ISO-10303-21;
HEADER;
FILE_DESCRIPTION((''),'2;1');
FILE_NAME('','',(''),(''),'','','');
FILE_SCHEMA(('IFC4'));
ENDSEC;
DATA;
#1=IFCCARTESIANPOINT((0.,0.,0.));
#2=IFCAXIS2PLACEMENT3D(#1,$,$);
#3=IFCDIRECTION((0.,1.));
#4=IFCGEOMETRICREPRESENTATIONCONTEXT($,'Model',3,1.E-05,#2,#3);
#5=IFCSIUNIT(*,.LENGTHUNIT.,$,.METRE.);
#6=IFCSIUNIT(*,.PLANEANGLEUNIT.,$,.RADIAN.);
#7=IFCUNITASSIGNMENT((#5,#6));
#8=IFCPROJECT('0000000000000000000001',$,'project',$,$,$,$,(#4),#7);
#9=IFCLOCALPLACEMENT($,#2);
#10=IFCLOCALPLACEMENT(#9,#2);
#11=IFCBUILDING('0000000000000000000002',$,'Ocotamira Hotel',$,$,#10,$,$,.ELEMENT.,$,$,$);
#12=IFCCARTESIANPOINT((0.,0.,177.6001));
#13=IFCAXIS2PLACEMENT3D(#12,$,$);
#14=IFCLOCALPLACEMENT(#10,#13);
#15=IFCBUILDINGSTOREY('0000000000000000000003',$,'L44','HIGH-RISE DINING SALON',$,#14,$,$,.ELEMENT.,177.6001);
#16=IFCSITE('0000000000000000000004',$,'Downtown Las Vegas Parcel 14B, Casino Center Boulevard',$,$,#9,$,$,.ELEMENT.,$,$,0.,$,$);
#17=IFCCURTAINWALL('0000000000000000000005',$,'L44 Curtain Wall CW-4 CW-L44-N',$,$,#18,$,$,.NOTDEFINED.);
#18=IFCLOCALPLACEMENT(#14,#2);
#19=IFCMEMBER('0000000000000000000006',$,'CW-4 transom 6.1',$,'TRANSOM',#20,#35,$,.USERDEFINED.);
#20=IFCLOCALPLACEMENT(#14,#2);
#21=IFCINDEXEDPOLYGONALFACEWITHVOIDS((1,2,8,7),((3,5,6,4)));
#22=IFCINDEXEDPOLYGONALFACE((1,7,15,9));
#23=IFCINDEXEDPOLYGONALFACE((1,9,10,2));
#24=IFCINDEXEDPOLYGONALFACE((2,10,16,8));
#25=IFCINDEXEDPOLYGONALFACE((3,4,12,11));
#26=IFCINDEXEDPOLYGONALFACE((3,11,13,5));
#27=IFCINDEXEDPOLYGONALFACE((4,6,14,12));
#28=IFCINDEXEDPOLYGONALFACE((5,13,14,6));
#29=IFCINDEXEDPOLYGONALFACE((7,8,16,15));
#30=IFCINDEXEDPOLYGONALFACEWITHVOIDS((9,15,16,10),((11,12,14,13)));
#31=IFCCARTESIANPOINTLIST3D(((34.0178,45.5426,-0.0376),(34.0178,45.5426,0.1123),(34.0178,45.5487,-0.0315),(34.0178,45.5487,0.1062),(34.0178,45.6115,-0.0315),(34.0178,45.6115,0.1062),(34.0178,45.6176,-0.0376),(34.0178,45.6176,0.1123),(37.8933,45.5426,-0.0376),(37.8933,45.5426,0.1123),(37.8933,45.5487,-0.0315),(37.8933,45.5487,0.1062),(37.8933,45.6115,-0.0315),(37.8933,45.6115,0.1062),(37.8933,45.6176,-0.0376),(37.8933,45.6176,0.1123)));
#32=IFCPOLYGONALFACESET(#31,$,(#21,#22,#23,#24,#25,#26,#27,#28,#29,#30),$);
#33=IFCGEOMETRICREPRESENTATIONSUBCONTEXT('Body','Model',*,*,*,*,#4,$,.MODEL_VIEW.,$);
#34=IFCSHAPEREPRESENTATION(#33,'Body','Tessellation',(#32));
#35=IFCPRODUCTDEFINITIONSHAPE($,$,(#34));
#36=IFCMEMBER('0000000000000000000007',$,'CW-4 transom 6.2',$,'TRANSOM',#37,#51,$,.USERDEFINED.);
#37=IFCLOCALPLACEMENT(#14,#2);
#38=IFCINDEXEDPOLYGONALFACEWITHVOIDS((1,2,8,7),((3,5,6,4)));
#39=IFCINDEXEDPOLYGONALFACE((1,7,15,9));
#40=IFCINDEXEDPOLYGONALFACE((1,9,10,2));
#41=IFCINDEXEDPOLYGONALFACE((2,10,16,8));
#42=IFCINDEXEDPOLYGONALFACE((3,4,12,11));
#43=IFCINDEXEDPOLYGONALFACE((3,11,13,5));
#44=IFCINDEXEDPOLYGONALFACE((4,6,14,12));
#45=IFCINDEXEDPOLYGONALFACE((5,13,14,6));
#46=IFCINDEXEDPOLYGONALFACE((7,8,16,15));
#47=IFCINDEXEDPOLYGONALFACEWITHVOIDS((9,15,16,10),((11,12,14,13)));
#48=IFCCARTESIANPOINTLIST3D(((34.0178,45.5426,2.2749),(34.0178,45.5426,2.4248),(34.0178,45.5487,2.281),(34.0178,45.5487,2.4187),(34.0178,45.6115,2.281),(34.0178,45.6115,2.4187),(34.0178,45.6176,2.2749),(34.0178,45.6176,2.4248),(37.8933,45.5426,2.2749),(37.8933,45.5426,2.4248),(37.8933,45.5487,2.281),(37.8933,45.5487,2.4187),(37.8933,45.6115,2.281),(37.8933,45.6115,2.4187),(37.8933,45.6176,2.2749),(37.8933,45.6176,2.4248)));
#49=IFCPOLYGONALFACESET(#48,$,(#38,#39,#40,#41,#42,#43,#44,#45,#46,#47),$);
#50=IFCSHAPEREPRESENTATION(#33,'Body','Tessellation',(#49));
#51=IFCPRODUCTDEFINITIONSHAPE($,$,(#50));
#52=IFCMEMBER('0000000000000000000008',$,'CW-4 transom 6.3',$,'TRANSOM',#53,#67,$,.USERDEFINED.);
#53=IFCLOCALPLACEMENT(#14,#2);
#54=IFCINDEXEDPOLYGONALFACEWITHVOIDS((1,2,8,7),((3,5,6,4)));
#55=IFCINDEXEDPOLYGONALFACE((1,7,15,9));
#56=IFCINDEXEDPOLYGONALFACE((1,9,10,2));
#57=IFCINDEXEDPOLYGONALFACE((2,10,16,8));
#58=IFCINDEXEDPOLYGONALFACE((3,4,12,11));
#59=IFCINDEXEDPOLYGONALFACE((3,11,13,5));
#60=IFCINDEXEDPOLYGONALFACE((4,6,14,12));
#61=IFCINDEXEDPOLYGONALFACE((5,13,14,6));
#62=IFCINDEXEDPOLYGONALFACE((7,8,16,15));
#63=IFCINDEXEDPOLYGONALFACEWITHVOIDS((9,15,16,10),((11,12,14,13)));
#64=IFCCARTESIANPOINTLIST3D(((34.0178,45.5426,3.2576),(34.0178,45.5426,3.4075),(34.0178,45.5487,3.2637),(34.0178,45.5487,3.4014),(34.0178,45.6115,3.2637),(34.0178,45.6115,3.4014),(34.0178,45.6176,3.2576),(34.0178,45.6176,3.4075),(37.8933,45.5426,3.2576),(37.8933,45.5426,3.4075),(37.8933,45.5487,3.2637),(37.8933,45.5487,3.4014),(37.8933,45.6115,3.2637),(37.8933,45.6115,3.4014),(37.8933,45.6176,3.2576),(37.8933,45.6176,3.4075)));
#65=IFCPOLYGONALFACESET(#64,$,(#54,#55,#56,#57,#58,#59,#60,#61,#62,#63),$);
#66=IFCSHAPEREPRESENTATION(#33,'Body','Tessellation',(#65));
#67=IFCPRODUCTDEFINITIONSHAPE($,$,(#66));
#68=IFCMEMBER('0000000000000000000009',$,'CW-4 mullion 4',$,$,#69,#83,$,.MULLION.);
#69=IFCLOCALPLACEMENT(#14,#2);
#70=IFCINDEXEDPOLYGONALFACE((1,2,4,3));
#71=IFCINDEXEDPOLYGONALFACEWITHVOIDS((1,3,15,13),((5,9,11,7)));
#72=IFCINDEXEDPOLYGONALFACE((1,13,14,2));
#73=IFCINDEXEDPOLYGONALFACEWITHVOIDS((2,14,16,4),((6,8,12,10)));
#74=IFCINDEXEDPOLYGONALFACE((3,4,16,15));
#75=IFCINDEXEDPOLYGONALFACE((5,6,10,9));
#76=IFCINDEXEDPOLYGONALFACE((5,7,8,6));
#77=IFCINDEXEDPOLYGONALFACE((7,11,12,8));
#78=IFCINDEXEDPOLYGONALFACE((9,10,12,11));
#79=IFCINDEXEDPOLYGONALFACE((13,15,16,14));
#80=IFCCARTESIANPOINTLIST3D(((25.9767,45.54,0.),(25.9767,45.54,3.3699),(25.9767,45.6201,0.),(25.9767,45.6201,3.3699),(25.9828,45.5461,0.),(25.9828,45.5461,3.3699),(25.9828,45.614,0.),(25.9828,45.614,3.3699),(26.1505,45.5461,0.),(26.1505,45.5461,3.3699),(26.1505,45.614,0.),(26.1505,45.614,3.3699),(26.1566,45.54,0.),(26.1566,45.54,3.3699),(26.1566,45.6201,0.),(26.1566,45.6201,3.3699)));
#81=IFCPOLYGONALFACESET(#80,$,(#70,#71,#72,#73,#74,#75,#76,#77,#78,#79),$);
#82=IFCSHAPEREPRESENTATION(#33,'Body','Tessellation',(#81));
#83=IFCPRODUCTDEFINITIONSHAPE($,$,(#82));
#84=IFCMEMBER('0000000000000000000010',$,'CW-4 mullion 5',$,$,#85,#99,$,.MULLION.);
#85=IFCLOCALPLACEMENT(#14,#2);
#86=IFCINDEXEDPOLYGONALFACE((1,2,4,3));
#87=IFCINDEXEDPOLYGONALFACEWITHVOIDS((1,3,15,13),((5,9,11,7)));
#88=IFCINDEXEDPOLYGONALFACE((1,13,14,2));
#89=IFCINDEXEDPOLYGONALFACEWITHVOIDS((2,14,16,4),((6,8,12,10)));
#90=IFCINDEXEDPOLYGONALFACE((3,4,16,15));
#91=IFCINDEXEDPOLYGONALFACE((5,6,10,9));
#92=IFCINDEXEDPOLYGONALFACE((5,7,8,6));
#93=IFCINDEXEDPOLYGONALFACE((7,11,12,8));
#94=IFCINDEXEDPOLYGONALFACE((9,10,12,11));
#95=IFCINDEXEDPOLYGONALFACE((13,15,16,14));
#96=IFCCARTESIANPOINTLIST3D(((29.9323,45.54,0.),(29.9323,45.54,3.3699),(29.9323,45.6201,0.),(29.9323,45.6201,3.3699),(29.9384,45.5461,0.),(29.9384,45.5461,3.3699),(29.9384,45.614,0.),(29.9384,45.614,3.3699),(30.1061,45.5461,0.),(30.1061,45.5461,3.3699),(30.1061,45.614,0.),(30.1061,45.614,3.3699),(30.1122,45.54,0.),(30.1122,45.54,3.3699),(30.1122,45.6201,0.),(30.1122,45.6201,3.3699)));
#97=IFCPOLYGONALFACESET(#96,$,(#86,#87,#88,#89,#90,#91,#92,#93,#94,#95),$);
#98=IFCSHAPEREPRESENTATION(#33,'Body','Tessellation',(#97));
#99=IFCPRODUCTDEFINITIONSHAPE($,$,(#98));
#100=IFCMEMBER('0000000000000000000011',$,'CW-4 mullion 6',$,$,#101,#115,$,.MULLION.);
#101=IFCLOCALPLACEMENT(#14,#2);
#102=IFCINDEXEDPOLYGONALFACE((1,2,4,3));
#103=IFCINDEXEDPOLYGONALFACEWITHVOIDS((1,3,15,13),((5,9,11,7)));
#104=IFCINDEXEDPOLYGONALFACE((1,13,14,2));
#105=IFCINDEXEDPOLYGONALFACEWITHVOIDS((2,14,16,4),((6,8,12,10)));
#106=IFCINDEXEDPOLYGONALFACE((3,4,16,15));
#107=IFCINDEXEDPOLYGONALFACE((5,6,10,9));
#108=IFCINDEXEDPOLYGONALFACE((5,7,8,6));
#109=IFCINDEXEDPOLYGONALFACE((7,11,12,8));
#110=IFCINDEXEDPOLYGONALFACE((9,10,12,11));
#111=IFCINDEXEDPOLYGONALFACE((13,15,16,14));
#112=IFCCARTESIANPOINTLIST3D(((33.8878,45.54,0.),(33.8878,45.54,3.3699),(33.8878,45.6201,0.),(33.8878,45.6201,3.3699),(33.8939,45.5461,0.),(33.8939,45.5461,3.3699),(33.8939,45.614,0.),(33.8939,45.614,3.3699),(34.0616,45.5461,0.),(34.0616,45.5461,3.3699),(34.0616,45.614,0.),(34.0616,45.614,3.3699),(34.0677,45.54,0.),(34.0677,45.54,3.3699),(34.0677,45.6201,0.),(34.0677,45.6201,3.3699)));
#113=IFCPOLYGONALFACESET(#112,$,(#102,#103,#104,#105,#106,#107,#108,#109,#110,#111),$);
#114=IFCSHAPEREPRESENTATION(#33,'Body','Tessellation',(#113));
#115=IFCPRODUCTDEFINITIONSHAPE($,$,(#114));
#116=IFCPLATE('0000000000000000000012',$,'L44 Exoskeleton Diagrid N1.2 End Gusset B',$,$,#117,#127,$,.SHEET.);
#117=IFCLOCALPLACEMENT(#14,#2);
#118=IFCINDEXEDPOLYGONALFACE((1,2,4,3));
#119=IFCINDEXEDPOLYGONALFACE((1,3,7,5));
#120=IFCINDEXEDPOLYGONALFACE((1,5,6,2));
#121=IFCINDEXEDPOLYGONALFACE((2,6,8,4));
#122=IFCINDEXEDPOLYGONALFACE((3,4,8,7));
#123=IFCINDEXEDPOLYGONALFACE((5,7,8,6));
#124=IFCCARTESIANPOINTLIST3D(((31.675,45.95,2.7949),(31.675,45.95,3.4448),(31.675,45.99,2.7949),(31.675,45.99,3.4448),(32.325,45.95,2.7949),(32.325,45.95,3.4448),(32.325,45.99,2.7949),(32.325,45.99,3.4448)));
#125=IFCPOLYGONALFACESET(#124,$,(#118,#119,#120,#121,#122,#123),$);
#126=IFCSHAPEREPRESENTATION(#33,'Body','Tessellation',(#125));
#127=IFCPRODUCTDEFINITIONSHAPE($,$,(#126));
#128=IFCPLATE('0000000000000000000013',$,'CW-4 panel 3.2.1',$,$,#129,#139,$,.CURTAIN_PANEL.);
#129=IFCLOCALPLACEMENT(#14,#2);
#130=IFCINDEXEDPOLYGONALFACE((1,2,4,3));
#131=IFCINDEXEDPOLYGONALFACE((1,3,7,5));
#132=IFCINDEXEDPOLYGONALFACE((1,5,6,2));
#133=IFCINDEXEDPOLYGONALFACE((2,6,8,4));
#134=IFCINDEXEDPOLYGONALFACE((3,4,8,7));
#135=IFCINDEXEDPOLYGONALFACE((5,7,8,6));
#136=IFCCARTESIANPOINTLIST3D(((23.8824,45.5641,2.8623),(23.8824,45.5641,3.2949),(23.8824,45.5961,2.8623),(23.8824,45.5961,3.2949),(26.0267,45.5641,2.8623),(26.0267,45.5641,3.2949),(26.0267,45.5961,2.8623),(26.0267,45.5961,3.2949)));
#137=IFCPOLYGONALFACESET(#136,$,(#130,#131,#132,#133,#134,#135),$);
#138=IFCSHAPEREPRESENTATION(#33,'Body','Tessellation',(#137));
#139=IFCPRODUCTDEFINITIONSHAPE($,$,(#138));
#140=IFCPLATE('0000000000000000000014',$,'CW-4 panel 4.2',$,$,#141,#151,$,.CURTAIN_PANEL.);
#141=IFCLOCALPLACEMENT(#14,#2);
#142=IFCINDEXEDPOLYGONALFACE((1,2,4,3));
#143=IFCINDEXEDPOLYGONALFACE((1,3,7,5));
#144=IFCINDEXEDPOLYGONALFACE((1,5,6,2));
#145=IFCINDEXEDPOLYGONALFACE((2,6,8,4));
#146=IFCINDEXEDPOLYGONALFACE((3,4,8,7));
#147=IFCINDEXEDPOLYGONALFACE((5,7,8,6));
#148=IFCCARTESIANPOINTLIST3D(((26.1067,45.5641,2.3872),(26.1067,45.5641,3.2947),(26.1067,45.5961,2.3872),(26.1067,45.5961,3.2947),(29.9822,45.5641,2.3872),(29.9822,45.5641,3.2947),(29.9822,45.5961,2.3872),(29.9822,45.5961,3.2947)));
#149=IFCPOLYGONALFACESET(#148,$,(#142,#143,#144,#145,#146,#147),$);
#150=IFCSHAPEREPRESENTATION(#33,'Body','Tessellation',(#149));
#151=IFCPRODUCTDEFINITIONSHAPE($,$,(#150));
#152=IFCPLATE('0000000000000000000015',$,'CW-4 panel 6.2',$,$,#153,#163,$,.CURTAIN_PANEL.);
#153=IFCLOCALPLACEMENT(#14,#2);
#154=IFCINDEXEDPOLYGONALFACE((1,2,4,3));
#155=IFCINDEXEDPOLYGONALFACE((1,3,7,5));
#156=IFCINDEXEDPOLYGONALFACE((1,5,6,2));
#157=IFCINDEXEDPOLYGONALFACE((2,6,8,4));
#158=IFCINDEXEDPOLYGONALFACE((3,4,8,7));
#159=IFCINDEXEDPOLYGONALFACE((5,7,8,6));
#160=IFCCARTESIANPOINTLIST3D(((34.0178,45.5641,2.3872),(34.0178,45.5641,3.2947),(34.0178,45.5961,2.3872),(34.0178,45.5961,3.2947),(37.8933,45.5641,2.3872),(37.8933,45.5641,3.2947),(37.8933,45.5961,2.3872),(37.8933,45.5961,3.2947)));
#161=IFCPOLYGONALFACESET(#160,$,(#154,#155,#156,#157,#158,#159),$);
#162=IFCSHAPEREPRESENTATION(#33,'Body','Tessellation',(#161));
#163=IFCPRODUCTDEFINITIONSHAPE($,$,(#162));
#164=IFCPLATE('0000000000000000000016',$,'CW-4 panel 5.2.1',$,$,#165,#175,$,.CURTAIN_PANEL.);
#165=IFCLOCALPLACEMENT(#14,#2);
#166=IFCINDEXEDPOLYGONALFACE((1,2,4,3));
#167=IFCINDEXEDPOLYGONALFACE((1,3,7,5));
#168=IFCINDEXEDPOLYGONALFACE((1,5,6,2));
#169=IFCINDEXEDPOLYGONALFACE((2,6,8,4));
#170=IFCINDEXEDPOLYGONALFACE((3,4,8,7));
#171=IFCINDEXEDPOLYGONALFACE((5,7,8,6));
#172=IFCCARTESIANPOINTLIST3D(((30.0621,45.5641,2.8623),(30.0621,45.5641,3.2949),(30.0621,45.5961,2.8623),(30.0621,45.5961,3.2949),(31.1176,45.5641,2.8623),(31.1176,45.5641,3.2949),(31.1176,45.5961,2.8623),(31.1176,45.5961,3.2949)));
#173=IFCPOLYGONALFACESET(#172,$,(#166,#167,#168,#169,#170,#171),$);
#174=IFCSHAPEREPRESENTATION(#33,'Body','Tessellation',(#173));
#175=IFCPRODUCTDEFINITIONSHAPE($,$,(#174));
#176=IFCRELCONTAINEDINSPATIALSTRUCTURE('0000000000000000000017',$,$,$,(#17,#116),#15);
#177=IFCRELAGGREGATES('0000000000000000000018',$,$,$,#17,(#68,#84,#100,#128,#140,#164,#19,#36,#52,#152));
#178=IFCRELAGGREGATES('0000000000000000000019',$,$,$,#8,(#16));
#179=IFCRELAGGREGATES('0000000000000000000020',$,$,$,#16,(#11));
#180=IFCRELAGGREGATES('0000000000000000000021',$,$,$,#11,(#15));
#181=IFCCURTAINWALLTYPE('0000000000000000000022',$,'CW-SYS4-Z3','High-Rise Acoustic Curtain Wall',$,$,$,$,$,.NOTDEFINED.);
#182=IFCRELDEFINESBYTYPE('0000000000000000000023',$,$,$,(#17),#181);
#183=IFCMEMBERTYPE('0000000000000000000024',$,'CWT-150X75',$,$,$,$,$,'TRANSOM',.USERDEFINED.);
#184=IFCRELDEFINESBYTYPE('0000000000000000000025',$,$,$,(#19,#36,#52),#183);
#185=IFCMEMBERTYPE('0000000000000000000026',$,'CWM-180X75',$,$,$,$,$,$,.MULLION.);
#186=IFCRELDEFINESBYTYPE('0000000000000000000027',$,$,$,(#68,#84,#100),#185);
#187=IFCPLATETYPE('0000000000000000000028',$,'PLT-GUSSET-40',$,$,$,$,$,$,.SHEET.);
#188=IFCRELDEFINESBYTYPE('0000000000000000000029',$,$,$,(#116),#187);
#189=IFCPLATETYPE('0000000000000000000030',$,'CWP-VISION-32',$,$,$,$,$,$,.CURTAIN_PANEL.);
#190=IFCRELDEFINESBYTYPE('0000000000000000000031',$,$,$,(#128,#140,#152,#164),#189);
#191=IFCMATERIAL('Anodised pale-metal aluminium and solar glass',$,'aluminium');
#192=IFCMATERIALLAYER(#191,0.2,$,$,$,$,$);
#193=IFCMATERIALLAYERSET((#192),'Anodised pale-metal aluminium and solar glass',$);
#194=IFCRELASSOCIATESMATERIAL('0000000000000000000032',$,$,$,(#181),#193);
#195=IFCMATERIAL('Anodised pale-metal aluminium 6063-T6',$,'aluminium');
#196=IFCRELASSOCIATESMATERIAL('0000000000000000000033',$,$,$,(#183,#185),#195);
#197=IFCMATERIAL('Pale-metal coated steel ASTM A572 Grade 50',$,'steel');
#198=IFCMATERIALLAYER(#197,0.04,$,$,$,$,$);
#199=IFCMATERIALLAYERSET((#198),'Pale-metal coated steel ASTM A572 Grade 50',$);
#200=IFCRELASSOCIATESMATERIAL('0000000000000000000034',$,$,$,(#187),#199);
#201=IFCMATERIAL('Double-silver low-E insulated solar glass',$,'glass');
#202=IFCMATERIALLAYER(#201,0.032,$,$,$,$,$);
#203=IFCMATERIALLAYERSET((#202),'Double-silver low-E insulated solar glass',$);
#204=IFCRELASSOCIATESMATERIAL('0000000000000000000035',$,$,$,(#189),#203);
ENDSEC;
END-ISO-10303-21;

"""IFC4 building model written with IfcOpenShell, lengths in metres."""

from ifc_helpers import new_model, si_unit, direction, frame, origin, origin_2d, place, context, subcontext, project, spatial, rectangle, hollow_rectangle, extrude, source, transform, mapped, material, layer, layer_set, material_profile, profile_set, type_object, element, aggregate, save


model = new_model("IFC4")

# Units and contexts
model_context = context("Model", 3, precision=1e-05, world=origin(), true_north=direction((0.0, 1.0)))
body_context = subcontext(model_context, "Body", "Model", "MODEL_VIEW")
ifc_project = project(units=[si_unit("LENGTHUNIT", "METRE"), si_unit("PLANEANGLEUNIT", "RADIAN")], contexts=[model_context])

# Site, building, storey
site_placement = place(None, origin())
site = spatial("IfcSite", under=ifc_project, at=site_placement, Name="Downtown Las Vegas Parcel 14B, Casino Center Boulevard", CompositionType="ELEMENT", RefElevation=0.0)
building_placement = place(site_placement, origin())
building = spatial("IfcBuilding", under=site, at=building_placement, Name="Ocotamira Hotel", CompositionType="ELEMENT")
storey_placement = place(building_placement, frame((0.0, 0.0, 177.6001)))
storey = spatial("IfcBuildingStorey", under=building, at=storey_placement, Name="L44", Description="HIGH-RISE DINING SALON", CompositionType="ELEMENT", Elevation=177.6001)

# Curtain wall, members
ifc_material_1 = material(Name="Anodised pale-metal aluminium and solar glass", Category="aluminium")
ifc_layer_1 = layer(ifc_material_1, 0.2)
ifc_layer_set_1 = layer_set([ifc_layer_1], Name="Anodised pale-metal aluminium and solar glass")
curtain_wall_type = type_object("IfcCurtainWallType", Name="CW-SYS4-Z3", Description="High-Rise Acoustic Curtain Wall", PredefinedType="NOTDEFINED", material=ifc_layer_set_1)
curtain_wall_placement = place(storey_placement, origin())
curtain_wall = element("IfcCurtainWall", 1, at=curtain_wall_placement, inside=storey, type_object=curtain_wall_type, Name="L44 Curtain Wall CW-4 CW-L44-N", PredefinedType="NOTDEFINED")
ifc_material_2 = material(Name="Anodised pale-metal aluminium 6063-T6", Category="aluminium")
ifc_material_profile_1 = material_profile(ifc_material_2, hollow_rectangle(XDim=0.075, YDim=0.1499, WallThickness=0.0061, at=origin_2d()), Name="HSS150X75X6")
ifc_profile_set_1 = profile_set([ifc_material_profile_1], Name="Anodised pale-metal aluminium 6063-T6")
member_type_1 = type_object("IfcMemberType", Name="CWT-150X75", ElementType="TRANSOM", PredefinedType="USERDEFINED", material=ifc_profile_set_1)
shared_shape_1 = source(origin(), body_context, "Body", "SweptSolid", [
    extrude(hollow_rectangle(XDim=0.075, YDim=0.1499, WallThickness=0.0061, at=origin_2d()), origin(), (0.0, 0.0, 1.0), 3.8755),
])
member_1_placement = place(storey_placement, frame((34.0178, 45.5801, 0.0374), z_axis=(1.0, 0.0, 0.0), x_axis=(0.0, 1.0, 0.0)))
member_1 = element("IfcMember", 2, at=member_1_placement, type_object=member_type_1, Name="CW-4 transom 6.1", ObjectType="TRANSOM", PredefinedType="USERDEFINED", context=body_context, shape_type="MappedRepresentation", body=[
    mapped(shared_shape_1, transform((0.0, 0.0, 0.0), scale=1.0)),
])
member_2_placement = place(storey_placement, frame((34.0178, 45.5801, 2.3499), z_axis=(1.0, 0.0, 0.0), x_axis=(0.0, 1.0, 0.0)))
member_2 = element("IfcMember", 3, at=member_2_placement, type_object=member_type_1, Name="CW-4 transom 6.2", ObjectType="TRANSOM", PredefinedType="USERDEFINED", context=body_context, shape_type="MappedRepresentation", body=[
    mapped(shared_shape_1, transform((0.0, 0.0, 0.0), scale=1.0)),
])
member_3_placement = place(storey_placement, frame((34.0178, 45.5801, 3.3325), z_axis=(1.0, 0.0, 0.0), x_axis=(0.0, 1.0, 0.0)))
member_3 = element("IfcMember", 4, at=member_3_placement, type_object=member_type_1, Name="CW-4 transom 6.3", ObjectType="TRANSOM", PredefinedType="USERDEFINED", context=body_context, shape_type="MappedRepresentation", body=[
    mapped(shared_shape_1, transform((0.0, 0.0, 0.0), scale=1.0)),
])
ifc_material_profile_2 = material_profile(ifc_material_2, hollow_rectangle(XDim=0.0801, YDim=0.1799, WallThickness=0.0061, at=origin_2d()), Name="HSS180X80X6")
ifc_profile_set_2 = profile_set([ifc_material_profile_2], Name="Anodised pale-metal aluminium 6063-T6")
member_type_2 = type_object("IfcMemberType", Name="CWM-180X75", PredefinedType="MULLION", material=ifc_profile_set_2)
shared_shape_2 = source(origin(), body_context, "Body", "SweptSolid", [
    extrude(hollow_rectangle(XDim=0.0801, YDim=0.1799, WallThickness=0.0061, at=origin_2d()), origin(), (0.0, 0.0, 1.0), 3.3699),
])
member_4_placement = place(storey_placement, frame((26.0667, 45.5801, 0.0), z_axis=(0.0, 0.0, 1.0), x_axis=(0.0, 1.0, 0.0)))
member_4 = element("IfcMember", 5, at=member_4_placement, type_object=member_type_2, Name="CW-4 mullion 4", PredefinedType="MULLION", context=body_context, shape_type="MappedRepresentation", body=[
    mapped(shared_shape_2, transform((0.0, 0.0, 0.0), scale=1.0)),
])
member_5_placement = place(storey_placement, frame((30.0222, 45.5801, 0.0), z_axis=(0.0, 0.0, 1.0), x_axis=(0.0, 1.0, 0.0)))
member_5 = element("IfcMember", 6, at=member_5_placement, type_object=member_type_2, Name="CW-4 mullion 5", PredefinedType="MULLION", context=body_context, shape_type="MappedRepresentation", body=[
    mapped(shared_shape_2, transform((0.0, 0.0, 0.0), scale=1.0)),
])
member_6_placement = place(storey_placement, frame((33.9778, 45.5801, 0.0), z_axis=(0.0, 0.0, 1.0), x_axis=(0.0, 1.0, 0.0)))
member_6 = element("IfcMember", 7, at=member_6_placement, type_object=member_type_2, Name="CW-4 mullion 6", PredefinedType="MULLION", context=body_context, shape_type="MappedRepresentation", body=[
    mapped(shared_shape_2, transform((0.0, 0.0, 0.0), scale=1.0)),
])

# Plates
ifc_material_3 = material(Name="Pale-metal coated steel ASTM A572 Grade 50", Category="steel")
ifc_layer_2 = layer(ifc_material_3, 0.04)
ifc_layer_set_2 = layer_set([ifc_layer_2], Name="Pale-metal coated steel ASTM A572 Grade 50")
plate_type_1 = type_object("IfcPlateType", Name="PLT-GUSSET-40", PredefinedType="SHEET", material=ifc_layer_set_2)
shared_shape_3 = source(origin(), body_context, "Body", "SweptSolid", [
    extrude(rectangle(XDim=0.6499, YDim=0.04, at=origin_2d()), origin(), (0.0, 0.0, 1.0), 0.6499),
])
plate_1_placement = place(storey_placement, frame((32.0, 45.97, 2.7949), z_axis=(0.0, 0.0, 1.0), x_axis=(1.0, 0.0, 0.0)))
element("IfcPlate", 8, at=plate_1_placement, inside=storey, type_object=plate_type_1, Name="L44 Exoskeleton Diagrid N1.2 End Gusset B", PredefinedType="SHEET", context=body_context, shape_type="MappedRepresentation", body=[
    mapped(shared_shape_3, transform((0.0, 0.0, 0.0), scale=1.0)),
])
ifc_material_4 = material(Name="Double-silver low-E insulated solar glass", Category="glass")
ifc_layer_3 = layer(ifc_material_4, 0.032)
ifc_layer_set_3 = layer_set([ifc_layer_3], Name="Double-silver low-E insulated solar glass")
plate_type_2 = type_object("IfcPlateType", Name="CWP-VISION-32", PredefinedType="CURTAIN_PANEL", material=ifc_layer_set_3)
shared_shape_4 = source(origin(), body_context, "Body", "SweptSolid", [
    extrude(rectangle(XDim=2.1443, YDim=0.032, at=origin_2d()), origin(), (0.0, 0.0, 1.0), 0.4326),
])
plate_2_placement = place(storey_placement, frame((24.9546, 45.5801, 2.8623), z_axis=(0.0, 0.0, 1.0), x_axis=(1.0, 0.0, 0.0)))
plate_2 = element("IfcPlate", 9, at=plate_2_placement, type_object=plate_type_2, Name="CW-4 panel 3.2.1", PredefinedType="CURTAIN_PANEL", context=body_context, shape_type="MappedRepresentation", body=[
    mapped(shared_shape_4, transform((0.0, 0.0, 0.0), scale=1.0)),
])
shared_shape_5 = source(origin(), body_context, "Body", "SweptSolid", [
    extrude(rectangle(XDim=3.8755, YDim=0.032, at=origin_2d()), origin(), (0.0, 0.0, 1.0), 0.9075),
])
plate_3_placement = place(storey_placement, frame((28.0444, 45.5801, 2.3872), z_axis=(0.0, 0.0, 1.0), x_axis=(1.0, 0.0, 0.0)))
plate_3 = element("IfcPlate", 10, at=plate_3_placement, type_object=plate_type_2, Name="CW-4 panel 4.2", PredefinedType="CURTAIN_PANEL", context=body_context, shape_type="MappedRepresentation", body=[
    mapped(shared_shape_5, transform((0.0, 0.0, 0.0), scale=1.0)),
])
plate_4_placement = place(storey_placement, frame((35.9556, 45.5801, 2.3872), z_axis=(0.0, 0.0, 1.0), x_axis=(1.0, 0.0, 0.0)))
plate_4 = element("IfcPlate", 11, at=plate_4_placement, type_object=plate_type_2, Name="CW-4 panel 6.2", PredefinedType="CURTAIN_PANEL", context=body_context, shape_type="MappedRepresentation", body=[
    mapped(shared_shape_5, transform((0.0, 0.0, 0.0), scale=1.0)),
])
shared_shape_6 = source(origin(), body_context, "Body", "SweptSolid", [
    extrude(rectangle(XDim=1.0554, YDim=0.032, at=origin_2d()), origin(), (0.0, 0.0, 1.0), 0.4326),
])
plate_5_placement = place(storey_placement, frame((30.5898, 45.5801, 2.8623), z_axis=(0.0, 0.0, 1.0), x_axis=(1.0, 0.0, 0.0)))
plate_5 = element("IfcPlate", 12, at=plate_5_placement, type_object=plate_type_2, Name="CW-4 panel 5.2.1", PredefinedType="CURTAIN_PANEL", context=body_context, shape_type="MappedRepresentation", body=[
    mapped(shared_shape_6, transform((0.0, 0.0, 0.0), scale=1.0)),
])
aggregate(curtain_wall, [member_4, member_5, member_6, plate_2, plate_3, plate_5, member_1, member_2, member_3, plate_4])

save(model, "model.ifc")
